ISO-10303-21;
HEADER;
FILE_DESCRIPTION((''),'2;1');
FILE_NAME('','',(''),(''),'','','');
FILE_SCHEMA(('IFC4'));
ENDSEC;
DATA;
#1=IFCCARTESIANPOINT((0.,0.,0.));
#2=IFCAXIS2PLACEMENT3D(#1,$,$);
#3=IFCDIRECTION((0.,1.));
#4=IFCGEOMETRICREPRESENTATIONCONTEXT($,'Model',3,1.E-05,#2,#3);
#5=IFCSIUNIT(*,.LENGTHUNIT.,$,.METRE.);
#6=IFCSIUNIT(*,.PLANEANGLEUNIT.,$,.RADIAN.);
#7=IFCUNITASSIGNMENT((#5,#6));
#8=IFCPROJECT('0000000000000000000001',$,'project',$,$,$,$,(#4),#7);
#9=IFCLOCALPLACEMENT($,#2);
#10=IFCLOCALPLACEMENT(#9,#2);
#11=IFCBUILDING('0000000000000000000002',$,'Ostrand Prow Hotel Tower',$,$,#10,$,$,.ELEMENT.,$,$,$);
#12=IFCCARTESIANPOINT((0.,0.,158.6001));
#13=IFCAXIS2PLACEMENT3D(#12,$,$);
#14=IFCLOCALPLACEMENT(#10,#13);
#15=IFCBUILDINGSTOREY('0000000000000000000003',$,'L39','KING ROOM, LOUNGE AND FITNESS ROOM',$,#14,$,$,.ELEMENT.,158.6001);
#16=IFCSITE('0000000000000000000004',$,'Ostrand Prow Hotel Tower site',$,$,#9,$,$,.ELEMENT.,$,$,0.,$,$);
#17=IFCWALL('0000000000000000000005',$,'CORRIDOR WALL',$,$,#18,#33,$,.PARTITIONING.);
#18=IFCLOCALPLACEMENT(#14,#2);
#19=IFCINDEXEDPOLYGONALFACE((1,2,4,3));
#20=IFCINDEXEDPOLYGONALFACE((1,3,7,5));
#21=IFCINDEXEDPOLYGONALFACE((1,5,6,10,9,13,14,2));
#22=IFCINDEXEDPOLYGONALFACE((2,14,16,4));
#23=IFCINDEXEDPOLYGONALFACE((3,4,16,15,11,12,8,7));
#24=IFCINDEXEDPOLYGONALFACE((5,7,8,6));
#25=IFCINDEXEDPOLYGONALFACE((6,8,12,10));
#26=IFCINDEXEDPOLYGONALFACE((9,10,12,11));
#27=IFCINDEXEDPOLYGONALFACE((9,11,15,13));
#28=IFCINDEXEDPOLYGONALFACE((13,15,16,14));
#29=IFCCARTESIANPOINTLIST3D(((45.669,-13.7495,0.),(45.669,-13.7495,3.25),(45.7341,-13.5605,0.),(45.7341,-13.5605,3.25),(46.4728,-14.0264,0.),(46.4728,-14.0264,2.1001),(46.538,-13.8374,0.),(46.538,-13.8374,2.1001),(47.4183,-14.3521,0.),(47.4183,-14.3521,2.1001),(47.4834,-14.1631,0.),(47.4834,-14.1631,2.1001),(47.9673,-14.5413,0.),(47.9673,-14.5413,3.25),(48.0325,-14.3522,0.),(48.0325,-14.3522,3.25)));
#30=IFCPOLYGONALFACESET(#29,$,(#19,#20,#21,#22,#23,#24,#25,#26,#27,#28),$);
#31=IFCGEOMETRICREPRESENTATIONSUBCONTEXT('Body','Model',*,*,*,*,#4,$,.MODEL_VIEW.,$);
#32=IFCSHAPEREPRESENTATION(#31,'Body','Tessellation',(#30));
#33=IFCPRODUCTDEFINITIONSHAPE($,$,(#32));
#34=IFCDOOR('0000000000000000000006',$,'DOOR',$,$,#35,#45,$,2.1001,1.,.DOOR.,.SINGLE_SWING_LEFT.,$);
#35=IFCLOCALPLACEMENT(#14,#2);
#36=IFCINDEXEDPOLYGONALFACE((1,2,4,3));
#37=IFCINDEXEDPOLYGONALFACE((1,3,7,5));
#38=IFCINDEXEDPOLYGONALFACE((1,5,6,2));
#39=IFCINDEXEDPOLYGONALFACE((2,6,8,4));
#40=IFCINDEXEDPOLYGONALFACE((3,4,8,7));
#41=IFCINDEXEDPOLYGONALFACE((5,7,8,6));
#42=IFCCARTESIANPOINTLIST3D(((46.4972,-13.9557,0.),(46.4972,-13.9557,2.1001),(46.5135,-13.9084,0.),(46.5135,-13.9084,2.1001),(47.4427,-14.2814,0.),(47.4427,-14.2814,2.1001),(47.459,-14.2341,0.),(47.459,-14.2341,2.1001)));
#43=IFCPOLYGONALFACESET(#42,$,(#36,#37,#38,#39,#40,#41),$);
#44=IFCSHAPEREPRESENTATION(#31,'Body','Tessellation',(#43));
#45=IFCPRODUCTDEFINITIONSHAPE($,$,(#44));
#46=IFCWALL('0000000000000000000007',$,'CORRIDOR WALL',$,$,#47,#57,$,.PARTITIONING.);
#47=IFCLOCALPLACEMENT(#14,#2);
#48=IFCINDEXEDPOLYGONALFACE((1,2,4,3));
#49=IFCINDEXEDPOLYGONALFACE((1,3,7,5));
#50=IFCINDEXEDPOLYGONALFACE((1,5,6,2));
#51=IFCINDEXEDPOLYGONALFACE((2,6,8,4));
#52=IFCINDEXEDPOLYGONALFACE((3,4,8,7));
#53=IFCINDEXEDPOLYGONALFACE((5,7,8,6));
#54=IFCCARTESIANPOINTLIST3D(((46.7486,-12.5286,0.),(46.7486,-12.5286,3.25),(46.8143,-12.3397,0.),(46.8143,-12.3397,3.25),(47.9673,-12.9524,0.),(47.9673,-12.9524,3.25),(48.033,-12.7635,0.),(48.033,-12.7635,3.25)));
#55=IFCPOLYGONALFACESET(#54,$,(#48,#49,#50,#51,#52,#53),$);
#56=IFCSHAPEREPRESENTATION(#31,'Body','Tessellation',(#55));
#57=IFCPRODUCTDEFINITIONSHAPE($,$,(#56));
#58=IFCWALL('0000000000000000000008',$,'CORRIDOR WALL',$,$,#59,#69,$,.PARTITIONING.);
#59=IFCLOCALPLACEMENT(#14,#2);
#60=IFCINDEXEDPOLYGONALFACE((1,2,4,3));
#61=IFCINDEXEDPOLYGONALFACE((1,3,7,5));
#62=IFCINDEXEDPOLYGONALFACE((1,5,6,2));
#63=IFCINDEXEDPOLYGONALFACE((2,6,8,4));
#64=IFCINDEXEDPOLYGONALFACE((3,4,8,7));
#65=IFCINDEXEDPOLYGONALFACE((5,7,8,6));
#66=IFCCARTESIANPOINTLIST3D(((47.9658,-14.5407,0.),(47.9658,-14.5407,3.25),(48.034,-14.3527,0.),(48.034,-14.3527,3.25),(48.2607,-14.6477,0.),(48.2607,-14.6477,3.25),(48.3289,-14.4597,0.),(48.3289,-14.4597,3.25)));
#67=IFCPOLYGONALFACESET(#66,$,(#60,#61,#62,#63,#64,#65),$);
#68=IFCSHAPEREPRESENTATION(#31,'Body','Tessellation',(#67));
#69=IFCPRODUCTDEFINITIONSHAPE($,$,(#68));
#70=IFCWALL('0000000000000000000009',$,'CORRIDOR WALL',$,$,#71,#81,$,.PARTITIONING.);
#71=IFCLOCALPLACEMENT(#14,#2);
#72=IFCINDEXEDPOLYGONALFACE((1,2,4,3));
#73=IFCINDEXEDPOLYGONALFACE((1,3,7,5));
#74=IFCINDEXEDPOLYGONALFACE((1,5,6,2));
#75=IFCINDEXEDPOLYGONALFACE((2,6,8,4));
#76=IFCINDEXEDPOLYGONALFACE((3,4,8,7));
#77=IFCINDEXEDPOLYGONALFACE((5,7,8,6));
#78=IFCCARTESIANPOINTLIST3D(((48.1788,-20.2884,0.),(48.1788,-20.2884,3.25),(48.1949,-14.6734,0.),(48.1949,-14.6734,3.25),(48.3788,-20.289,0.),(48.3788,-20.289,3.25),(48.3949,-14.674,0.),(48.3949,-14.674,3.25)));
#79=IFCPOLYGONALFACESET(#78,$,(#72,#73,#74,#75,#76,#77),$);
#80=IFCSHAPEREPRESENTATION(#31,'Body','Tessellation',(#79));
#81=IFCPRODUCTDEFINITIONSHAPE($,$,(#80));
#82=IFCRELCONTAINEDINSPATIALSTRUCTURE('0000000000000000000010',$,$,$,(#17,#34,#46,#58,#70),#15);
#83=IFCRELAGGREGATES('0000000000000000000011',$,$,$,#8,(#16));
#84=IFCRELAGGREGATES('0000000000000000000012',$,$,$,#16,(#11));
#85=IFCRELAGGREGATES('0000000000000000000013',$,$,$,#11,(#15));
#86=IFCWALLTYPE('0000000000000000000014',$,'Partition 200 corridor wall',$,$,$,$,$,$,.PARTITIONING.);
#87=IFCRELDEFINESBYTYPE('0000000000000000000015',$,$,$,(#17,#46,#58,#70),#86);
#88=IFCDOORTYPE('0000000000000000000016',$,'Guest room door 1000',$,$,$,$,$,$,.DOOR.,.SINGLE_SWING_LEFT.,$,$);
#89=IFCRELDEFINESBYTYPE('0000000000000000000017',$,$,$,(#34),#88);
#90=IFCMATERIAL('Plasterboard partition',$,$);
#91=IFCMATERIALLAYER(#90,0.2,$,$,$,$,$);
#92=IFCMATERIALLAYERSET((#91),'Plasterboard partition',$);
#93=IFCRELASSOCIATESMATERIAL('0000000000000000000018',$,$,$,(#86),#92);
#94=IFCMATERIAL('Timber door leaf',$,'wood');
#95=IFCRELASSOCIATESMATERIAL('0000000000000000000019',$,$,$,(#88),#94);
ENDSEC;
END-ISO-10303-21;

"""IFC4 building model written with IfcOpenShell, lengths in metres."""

from ifc_helpers import new_model, si_unit, direction, frame, frame_2d, origin, place, context, subcontext, project, spatial, rectangle, extrude, material, layer, layer_set, type_object, element, fill, save


model = new_model("IFC4")

# Units and contexts
model_context = context("Model", 3, precision=1e-05, world=origin(), true_north=direction((0.0, 1.0)))
body_context = subcontext(model_context, "Body", "Model", "MODEL_VIEW")
ifc_project = project(units=[si_unit("LENGTHUNIT", "METRE"), si_unit("PLANEANGLEUNIT", "RADIAN")], contexts=[model_context])

# Site, building, storey
site_placement = place(None, origin())
site = spatial("IfcSite", under=ifc_project, at=site_placement, Name="Ostrand Prow Hotel Tower site", CompositionType="ELEMENT", RefElevation=0.0)
building_placement = place(site_placement, origin())
building = spatial("IfcBuilding", under=site, at=building_placement, Name="Ostrand Prow Hotel Tower", CompositionType="ELEMENT")
storey_placement = place(building_placement, frame((0.0, 0.0, 158.6001)))
storey = spatial("IfcBuildingStorey", under=building, at=storey_placement, Name="L39", Description="KING ROOM, LOUNGE AND FITNESS ROOM", CompositionType="ELEMENT", Elevation=158.6001)

# Shared definitions
ifc_material_1 = material(Name="Plasterboard partition")
ifc_layer_1 = layer(ifc_material_1, 0.2)
ifc_layer_set_1 = layer_set([ifc_layer_1], Name="Plasterboard partition")
wall_type_1 = type_object("IfcWallType", Name="Partition 200 corridor wall", PredefinedType="PARTITIONING", material=ifc_layer_set_1)

# Wall, opening, door
wall_1_placement = place(storey_placement, frame((45.7017, -13.655, 0.0), z_axis=(0.0, 0.0, 1.0), x_axis=(0.945472, -0.325703, 0.0)))
wall_1 = element("IfcWall", 1, at=wall_1_placement, inside=storey, type_object=wall_type_1, Name="CORRIDOR WALL", PredefinedType="PARTITIONING", context=body_context, shape_type="SweptSolid", body=[
    extrude(rectangle(XDim=2.4309, YDim=0.2, at=frame_2d((1.2153, 0.0))), origin(), (0.0, 0.0, 1.0), 3.25),
])
opening_1_placement = place(wall_1_placement, frame((0.8501, 0.0, 0.0)))
opening_1 = element("IfcOpeningElement", 2, at=opening_1_placement, cuts=wall_1, PredefinedType="OPENING", context=body_context, shape_type="SweptSolid", body=[
    extrude(rectangle(XDim=1.0, YDim=2.1001, at=frame_2d((0.5, 1.05))), frame((0.0, 0.1099, 0.0), z_axis=(0.0, -1.0, 0.0), x_axis=(1.0, 0.0, 0.0)), (0.0, 0.0, 1.0), 0.22),
])
ifc_material_2 = material(Name="Timber door leaf", Category="wood")
door_type_1 = type_object("IfcDoorType", Name="Guest room door 1000", OperationType="SINGLE_SWING_LEFT", PredefinedType="DOOR", material=ifc_material_2)
door_1_placement = place(opening_1_placement, origin())
door_1 = element("IfcDoor", 3, at=door_1_placement, inside=storey, type_object=door_type_1, Name="DOOR", OperationType="SINGLE_SWING_LEFT", OverallHeight=2.1001, OverallWidth=1.0, PredefinedType="DOOR", context=body_context, shape_type="SweptSolid", body=[
    extrude(rectangle(XDim=1.0, YDim=2.1001, at=frame_2d((0.5, 1.05))), frame((0.0, 0.0249, 0.0), z_axis=(0.0, -1.0, 0.0), x_axis=(1.0, 0.0, 0.0)), (0.0, 0.0, 1.0), 0.05),
])
fill(opening_1, door_1)

# Walls
wall_2_placement = place(storey_placement, frame((48.0, -12.8579, 0.0), z_axis=(0.0, 0.0, 1.0), x_axis=(-0.944517, 0.328462, 0.0)))
element("IfcWall", 4, at=wall_2_placement, inside=storey, type_object=wall_type_1, Name="CORRIDOR WALL", PredefinedType="PARTITIONING", context=body_context, shape_type="SweptSolid", body=[
    extrude(rectangle(XDim=1.2903, YDim=0.2, at=frame_2d((0.645, 0.0))), origin(), (0.0, 0.0, 1.0), 3.25),
])
wall_3_placement = place(storey_placement, frame((48.0, -14.4468, 0.0), z_axis=(0.0, 0.0, 1.0), x_axis=(0.940111, -0.340868, 0.0)))
element("IfcWall", 5, at=wall_3_placement, inside=storey, type_object=wall_type_1, Name="CORRIDOR WALL", PredefinedType="PARTITIONING", context=body_context, shape_type="SweptSolid", body=[
    extrude(rectangle(XDim=0.3137, YDim=0.2, at=frame_2d((0.1567, 0.0))), origin(), (0.0, 0.0, 1.0), 3.25),
])
wall_4_placement = place(storey_placement, frame((48.2949, -14.6736, 0.0), z_axis=(0.0, 0.0, 1.0), x_axis=(-0.00287, -0.999996, 0.0)))
element("IfcWall", 6, at=wall_4_placement, inside=storey, type_object=wall_type_1, Name="CORRIDOR WALL", PredefinedType="PARTITIONING", context=body_context, shape_type="SweptSolid", body=[
    extrude(rectangle(XDim=5.615, YDim=0.2, at=frame_2d((2.8076, 0.0))), origin(), (0.0, 0.0, 1.0), 3.25),
])

save(model, "model.ifc")
